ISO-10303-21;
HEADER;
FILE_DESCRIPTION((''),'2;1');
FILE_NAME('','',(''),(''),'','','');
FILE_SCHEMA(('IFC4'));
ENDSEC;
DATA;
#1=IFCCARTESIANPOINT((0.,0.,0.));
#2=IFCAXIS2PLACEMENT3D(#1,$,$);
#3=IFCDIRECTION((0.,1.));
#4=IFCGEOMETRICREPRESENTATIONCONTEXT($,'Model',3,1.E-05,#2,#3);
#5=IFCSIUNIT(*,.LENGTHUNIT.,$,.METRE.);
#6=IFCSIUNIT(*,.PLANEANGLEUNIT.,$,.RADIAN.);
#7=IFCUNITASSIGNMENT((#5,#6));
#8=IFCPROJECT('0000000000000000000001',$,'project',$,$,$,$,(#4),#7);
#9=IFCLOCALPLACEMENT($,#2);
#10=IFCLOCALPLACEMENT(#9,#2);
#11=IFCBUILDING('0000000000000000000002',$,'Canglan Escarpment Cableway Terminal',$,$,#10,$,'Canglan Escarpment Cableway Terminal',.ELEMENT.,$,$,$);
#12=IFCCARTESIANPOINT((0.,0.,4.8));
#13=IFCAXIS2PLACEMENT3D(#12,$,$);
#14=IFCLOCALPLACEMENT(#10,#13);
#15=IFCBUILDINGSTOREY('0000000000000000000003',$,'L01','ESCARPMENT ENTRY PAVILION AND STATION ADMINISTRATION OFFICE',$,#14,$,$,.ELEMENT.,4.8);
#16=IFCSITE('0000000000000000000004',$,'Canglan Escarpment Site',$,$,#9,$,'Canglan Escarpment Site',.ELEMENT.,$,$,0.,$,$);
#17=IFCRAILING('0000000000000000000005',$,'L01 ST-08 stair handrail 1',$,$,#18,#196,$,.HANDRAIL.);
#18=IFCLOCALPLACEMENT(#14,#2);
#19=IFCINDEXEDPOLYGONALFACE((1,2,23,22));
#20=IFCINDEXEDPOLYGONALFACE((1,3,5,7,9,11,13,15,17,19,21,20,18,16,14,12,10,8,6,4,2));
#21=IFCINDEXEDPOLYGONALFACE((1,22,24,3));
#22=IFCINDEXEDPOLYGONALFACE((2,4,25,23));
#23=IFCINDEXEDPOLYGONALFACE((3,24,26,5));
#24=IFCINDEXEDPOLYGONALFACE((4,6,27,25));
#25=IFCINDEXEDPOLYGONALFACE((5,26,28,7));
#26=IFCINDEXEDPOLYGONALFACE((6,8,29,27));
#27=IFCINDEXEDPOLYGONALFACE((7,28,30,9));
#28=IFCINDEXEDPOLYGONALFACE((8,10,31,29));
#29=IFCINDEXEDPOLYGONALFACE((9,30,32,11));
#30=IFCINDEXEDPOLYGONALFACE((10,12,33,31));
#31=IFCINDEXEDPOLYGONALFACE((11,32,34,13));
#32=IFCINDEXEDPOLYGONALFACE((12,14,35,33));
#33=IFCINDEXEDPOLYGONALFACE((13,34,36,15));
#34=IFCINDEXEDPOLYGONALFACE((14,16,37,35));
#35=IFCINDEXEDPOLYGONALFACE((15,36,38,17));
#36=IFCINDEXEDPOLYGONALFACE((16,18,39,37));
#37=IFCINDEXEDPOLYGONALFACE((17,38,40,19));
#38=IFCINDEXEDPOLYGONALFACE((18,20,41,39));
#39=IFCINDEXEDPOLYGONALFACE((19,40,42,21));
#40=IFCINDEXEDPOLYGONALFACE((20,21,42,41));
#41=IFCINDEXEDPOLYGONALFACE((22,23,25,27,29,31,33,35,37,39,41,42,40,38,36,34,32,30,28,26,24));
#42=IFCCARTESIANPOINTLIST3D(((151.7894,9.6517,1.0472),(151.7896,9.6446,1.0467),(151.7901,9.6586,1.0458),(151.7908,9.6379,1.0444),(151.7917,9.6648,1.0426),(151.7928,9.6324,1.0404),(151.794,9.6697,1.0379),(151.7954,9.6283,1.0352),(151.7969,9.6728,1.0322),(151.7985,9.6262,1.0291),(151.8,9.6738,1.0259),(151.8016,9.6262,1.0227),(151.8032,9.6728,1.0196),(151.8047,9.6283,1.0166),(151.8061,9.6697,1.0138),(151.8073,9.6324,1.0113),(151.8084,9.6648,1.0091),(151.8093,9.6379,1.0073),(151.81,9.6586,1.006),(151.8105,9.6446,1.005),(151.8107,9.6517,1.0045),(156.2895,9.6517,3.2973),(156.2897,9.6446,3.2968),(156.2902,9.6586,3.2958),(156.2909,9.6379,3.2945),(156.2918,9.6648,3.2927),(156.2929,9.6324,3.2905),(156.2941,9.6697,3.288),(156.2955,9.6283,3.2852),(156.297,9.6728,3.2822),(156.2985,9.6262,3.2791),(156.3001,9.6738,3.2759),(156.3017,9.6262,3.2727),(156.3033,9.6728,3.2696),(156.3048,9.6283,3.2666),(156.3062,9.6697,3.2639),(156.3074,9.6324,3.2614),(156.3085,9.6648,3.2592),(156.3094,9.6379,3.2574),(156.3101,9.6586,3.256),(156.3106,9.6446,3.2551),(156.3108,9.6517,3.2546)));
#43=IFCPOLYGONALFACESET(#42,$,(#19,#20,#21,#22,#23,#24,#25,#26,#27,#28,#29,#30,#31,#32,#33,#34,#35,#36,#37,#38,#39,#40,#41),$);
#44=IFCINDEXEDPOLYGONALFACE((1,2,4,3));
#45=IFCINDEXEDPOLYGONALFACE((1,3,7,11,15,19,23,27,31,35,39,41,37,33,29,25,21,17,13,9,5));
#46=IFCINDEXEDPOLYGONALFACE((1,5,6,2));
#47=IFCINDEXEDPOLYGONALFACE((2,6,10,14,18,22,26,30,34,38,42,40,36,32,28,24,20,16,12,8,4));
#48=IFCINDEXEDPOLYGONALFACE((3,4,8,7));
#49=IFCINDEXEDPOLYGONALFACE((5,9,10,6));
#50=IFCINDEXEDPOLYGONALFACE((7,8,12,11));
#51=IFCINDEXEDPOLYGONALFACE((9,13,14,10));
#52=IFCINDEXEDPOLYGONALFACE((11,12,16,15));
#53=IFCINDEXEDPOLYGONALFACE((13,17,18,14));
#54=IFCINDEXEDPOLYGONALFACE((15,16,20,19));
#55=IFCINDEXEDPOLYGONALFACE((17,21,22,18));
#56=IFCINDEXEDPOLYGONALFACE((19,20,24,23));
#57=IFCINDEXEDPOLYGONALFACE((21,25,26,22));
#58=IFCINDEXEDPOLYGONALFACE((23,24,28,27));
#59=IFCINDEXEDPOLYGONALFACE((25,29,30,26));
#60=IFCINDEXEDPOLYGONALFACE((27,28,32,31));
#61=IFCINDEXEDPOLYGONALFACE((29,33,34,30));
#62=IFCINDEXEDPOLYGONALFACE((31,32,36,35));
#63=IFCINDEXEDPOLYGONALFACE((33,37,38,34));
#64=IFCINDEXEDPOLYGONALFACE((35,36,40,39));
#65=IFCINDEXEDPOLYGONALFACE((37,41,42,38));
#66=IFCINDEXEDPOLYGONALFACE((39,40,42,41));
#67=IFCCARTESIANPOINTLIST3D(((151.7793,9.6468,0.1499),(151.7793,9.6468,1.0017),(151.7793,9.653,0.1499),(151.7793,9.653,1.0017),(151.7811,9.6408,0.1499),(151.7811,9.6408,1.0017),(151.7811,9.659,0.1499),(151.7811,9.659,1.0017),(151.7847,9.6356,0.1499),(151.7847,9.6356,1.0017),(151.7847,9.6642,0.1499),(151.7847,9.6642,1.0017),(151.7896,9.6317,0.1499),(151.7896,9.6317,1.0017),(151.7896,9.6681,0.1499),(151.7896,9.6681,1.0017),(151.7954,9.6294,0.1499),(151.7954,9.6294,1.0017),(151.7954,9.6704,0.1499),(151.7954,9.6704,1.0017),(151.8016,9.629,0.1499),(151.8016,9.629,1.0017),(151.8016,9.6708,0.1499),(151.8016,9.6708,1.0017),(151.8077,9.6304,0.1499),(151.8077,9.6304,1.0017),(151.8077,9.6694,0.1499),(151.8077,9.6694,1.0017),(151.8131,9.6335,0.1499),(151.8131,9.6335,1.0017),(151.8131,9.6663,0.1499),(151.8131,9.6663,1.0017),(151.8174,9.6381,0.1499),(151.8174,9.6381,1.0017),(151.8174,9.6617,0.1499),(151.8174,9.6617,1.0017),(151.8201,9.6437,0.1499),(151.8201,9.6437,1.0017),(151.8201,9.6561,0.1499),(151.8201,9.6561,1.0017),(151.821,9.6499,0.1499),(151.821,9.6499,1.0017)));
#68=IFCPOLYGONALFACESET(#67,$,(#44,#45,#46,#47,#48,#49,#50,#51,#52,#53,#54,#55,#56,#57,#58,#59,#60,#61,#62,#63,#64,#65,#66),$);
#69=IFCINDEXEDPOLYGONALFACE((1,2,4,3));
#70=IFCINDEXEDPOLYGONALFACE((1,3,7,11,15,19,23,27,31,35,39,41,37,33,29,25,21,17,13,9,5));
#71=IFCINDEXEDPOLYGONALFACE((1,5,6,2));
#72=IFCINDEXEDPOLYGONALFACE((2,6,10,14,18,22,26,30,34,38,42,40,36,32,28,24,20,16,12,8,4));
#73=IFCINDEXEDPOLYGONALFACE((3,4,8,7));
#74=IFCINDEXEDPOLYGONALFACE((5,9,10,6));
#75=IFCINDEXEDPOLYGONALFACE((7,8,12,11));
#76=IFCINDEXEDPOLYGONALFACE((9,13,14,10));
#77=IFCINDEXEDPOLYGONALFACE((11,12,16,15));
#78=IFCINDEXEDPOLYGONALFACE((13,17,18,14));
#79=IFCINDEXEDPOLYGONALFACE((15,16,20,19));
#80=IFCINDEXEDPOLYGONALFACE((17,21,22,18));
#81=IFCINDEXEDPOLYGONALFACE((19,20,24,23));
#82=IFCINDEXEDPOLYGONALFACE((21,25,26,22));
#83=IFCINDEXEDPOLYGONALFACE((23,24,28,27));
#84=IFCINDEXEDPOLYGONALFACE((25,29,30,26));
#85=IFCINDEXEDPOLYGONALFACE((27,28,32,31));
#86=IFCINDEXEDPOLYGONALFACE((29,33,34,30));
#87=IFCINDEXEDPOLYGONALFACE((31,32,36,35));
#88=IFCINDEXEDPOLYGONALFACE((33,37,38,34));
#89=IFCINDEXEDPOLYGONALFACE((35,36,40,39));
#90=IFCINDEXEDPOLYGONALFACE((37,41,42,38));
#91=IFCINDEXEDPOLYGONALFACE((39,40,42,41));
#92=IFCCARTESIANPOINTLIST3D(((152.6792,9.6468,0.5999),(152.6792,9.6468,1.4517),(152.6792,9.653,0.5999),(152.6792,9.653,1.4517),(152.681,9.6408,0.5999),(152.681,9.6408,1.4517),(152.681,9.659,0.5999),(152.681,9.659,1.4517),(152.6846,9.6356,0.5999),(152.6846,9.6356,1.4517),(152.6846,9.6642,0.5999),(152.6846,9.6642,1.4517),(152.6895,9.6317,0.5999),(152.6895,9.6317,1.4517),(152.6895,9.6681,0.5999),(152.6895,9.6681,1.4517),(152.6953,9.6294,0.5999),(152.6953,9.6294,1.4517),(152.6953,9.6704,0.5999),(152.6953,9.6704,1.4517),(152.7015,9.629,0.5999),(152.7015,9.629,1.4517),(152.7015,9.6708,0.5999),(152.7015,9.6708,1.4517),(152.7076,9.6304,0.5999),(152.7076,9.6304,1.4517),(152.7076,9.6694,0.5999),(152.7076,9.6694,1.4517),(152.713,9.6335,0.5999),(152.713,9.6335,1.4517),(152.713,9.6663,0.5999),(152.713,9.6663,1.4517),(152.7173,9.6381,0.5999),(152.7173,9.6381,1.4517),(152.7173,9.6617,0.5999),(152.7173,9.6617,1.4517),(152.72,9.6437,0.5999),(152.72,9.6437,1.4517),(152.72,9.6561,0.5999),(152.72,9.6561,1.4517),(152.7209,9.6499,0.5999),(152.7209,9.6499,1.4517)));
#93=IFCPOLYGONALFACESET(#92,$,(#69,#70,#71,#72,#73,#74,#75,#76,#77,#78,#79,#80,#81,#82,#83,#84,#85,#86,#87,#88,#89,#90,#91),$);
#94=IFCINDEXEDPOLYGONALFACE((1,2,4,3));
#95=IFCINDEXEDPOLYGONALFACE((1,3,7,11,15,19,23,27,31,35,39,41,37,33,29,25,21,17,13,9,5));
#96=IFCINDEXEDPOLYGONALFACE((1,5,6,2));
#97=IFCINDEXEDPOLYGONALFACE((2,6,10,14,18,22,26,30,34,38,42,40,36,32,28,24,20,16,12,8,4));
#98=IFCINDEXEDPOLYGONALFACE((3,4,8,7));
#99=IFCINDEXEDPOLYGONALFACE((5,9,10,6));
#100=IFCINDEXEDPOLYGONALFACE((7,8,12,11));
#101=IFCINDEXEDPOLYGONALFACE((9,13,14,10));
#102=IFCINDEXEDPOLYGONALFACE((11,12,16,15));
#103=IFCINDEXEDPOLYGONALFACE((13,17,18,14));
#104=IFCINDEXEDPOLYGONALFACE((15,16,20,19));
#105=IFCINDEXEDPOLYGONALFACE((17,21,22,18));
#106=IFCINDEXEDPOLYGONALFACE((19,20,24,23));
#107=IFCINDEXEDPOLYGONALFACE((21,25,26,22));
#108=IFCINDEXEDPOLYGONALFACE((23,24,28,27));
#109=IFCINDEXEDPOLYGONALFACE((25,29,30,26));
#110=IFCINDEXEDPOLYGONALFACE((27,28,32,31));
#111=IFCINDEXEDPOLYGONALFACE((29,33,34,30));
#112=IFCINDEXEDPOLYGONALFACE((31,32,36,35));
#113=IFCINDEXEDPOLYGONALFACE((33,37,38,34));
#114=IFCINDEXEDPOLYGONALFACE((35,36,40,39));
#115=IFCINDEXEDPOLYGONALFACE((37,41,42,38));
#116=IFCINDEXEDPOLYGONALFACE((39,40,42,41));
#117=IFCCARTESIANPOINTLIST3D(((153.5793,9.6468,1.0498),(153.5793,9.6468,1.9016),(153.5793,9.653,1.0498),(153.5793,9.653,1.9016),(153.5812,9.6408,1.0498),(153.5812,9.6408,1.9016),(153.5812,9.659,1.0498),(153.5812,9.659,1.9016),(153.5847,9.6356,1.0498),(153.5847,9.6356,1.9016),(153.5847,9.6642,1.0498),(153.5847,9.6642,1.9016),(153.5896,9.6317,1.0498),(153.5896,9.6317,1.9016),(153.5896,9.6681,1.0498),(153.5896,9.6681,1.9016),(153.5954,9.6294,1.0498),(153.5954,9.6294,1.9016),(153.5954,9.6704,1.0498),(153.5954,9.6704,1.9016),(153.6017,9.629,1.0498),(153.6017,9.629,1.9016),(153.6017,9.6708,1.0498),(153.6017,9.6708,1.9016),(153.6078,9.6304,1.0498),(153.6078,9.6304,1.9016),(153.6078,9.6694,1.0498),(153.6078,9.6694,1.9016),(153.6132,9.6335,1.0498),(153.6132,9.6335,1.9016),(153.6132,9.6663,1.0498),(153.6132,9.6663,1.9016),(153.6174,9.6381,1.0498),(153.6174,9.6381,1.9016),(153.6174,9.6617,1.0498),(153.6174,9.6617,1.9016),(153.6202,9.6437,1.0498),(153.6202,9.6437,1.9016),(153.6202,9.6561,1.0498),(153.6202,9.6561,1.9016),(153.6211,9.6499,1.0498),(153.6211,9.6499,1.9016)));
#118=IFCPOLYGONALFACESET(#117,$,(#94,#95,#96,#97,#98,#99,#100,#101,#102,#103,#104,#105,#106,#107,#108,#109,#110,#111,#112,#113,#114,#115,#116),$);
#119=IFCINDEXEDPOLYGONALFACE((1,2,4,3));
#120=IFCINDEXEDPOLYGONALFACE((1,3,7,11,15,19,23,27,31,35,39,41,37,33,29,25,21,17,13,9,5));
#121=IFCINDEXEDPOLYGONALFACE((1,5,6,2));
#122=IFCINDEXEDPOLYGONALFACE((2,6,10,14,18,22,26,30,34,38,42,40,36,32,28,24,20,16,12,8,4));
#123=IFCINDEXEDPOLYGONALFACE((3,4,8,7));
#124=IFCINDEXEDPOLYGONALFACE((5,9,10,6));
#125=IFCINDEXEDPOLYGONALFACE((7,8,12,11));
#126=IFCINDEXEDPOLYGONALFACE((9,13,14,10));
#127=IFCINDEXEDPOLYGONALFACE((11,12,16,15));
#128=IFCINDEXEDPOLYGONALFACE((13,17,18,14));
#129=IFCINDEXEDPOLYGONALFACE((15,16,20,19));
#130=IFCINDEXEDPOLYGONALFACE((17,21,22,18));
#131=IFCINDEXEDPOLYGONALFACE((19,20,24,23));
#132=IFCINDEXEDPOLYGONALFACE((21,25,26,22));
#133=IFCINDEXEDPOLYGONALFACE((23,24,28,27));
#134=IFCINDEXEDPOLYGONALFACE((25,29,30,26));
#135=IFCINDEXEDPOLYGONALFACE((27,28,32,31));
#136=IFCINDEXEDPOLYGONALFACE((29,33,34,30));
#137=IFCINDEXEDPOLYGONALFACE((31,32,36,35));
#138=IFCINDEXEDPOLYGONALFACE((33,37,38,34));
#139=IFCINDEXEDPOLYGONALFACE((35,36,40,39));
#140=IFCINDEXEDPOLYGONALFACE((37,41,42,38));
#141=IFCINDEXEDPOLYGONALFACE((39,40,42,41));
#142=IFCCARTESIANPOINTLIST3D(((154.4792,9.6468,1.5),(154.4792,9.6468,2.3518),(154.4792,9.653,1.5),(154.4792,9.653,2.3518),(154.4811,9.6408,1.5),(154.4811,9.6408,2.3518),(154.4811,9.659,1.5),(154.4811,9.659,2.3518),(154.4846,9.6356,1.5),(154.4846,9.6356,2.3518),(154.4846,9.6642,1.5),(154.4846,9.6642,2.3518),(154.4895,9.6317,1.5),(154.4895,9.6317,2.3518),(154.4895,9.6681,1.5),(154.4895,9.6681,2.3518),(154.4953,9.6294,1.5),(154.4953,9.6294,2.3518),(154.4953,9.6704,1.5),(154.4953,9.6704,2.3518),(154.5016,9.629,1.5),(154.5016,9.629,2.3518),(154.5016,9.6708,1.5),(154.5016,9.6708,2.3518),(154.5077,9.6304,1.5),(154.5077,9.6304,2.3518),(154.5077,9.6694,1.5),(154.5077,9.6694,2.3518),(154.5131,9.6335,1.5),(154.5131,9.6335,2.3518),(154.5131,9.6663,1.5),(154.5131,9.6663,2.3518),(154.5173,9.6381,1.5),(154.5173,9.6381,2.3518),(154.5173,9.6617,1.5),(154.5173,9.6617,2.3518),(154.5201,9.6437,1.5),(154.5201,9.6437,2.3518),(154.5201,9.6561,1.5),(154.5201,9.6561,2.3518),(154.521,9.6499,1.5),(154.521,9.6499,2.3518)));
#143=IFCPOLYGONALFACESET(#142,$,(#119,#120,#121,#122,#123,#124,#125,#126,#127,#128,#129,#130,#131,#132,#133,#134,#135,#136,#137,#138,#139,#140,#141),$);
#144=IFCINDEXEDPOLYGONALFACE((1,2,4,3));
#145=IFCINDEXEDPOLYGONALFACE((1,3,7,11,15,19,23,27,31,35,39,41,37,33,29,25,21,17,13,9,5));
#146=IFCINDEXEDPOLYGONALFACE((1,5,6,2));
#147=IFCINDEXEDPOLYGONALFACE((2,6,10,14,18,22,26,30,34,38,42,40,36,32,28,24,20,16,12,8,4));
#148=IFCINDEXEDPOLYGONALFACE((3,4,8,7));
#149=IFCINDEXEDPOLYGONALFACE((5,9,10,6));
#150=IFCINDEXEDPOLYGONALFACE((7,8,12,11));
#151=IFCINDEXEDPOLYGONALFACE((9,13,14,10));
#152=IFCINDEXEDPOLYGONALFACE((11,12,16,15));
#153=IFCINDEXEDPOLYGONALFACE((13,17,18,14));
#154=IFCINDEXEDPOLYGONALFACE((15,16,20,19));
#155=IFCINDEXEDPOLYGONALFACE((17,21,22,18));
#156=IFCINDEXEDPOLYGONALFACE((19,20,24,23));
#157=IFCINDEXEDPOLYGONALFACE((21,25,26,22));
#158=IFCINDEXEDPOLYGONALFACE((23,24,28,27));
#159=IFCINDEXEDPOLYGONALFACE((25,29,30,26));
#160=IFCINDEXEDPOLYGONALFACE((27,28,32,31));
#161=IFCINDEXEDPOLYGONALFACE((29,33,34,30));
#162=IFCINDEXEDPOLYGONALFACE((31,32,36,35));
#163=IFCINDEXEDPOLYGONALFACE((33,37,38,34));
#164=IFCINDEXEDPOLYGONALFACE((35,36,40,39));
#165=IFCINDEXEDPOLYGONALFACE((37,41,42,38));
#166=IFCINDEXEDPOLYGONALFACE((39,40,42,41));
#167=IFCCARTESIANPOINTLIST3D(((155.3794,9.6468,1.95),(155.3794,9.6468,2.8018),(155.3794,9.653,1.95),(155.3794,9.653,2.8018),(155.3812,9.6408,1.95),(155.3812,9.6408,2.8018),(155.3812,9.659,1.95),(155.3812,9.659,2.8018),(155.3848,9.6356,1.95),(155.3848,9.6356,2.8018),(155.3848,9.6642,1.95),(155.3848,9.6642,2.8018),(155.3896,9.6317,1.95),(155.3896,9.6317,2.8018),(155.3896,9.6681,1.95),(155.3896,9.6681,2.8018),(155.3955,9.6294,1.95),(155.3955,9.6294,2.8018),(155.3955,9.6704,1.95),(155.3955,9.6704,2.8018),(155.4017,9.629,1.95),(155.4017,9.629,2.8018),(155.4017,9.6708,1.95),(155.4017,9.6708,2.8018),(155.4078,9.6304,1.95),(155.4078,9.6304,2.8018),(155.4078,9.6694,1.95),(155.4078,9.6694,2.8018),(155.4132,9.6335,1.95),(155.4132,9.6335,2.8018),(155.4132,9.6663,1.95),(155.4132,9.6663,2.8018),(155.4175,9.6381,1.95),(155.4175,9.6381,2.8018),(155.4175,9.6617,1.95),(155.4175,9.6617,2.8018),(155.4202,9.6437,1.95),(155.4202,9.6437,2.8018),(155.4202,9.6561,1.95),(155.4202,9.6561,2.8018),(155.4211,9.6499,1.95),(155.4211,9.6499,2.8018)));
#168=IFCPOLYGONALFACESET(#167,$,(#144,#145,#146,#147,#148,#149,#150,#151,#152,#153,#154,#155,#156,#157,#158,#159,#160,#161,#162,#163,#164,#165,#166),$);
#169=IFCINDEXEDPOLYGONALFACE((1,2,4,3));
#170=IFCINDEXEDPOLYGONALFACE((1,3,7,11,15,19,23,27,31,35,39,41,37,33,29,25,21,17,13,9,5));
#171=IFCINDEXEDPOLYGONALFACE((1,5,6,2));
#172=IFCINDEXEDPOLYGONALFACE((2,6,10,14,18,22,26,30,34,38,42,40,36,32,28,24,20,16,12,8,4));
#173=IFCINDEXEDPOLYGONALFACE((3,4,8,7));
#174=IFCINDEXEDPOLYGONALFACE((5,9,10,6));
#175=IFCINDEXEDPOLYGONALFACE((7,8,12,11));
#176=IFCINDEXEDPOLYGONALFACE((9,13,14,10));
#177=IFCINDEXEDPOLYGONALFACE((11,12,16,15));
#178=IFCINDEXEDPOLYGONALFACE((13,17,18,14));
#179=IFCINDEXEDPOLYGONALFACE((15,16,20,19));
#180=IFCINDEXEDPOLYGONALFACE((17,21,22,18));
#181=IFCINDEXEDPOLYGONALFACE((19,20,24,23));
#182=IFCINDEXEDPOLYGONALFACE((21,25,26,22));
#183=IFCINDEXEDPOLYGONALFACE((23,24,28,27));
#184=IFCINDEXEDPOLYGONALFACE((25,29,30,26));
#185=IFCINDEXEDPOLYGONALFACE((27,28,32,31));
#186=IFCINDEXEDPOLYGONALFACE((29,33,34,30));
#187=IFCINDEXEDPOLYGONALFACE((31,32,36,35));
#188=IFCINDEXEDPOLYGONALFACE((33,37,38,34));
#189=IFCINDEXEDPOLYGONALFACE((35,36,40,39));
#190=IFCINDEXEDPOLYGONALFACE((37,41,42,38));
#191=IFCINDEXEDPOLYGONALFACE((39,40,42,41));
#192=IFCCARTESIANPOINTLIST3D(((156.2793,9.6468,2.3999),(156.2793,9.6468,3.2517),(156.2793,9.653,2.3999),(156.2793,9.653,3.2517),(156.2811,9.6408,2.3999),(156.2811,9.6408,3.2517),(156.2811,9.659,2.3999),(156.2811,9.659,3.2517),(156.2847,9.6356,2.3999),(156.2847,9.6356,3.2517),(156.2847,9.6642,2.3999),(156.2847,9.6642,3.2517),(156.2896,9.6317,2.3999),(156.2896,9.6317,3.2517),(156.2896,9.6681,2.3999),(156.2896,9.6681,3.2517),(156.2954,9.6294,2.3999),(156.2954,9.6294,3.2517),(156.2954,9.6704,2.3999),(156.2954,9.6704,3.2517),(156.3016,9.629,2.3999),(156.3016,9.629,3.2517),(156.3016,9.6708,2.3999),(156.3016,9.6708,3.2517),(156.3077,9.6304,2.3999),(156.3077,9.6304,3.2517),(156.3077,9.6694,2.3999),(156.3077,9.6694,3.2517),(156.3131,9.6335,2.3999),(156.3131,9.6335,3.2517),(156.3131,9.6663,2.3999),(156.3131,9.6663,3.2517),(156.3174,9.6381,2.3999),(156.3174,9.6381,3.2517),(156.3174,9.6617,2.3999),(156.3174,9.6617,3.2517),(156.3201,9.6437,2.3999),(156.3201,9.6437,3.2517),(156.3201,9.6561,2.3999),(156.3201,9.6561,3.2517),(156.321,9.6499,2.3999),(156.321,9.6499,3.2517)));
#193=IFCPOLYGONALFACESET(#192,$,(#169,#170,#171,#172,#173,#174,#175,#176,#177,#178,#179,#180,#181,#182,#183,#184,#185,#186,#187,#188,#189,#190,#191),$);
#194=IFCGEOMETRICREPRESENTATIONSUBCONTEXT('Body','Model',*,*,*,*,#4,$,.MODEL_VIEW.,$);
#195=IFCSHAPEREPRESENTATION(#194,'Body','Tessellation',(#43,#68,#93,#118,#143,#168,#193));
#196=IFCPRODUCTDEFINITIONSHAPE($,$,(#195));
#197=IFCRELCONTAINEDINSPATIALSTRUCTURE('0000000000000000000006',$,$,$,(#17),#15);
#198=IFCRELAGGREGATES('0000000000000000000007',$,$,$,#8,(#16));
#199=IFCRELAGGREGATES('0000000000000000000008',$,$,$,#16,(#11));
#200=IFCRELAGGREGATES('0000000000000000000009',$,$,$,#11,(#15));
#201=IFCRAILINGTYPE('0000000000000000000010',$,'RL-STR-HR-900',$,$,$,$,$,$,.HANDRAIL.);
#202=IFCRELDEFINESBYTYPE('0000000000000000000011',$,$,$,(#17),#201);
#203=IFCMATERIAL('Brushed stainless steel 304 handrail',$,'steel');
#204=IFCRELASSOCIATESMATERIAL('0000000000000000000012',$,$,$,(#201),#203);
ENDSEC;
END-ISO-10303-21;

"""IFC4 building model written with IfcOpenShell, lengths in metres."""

from ifc_helpers import new_model, si_unit, direction, frame, origin, origin_2d, place, context, subcontext, project, spatial, circle, extrude, material, type_object, element, save


model = new_model("IFC4")

# Units and contexts
model_context = context("Model", 3, precision=1e-05, world=origin(), true_north=direction((0.0, 1.0)))
body_context = subcontext(model_context, "Body", "Model", "MODEL_VIEW")
ifc_project = project(units=[si_unit("LENGTHUNIT", "METRE"), si_unit("PLANEANGLEUNIT", "RADIAN")], contexts=[model_context])

# Site, building, storey
site_placement = place(None, origin())
site = spatial("IfcSite", under=ifc_project, at=site_placement, Name="Canglan Escarpment Site", LongName="Canglan Escarpment Site", CompositionType="ELEMENT", RefElevation=0.0)
building_placement = place(site_placement, origin())
building = spatial("IfcBuilding", under=site, at=building_placement, Name="Canglan Escarpment Cableway Terminal", LongName="Canglan Escarpment Cableway Terminal", CompositionType="ELEMENT")
storey_placement = place(building_placement, frame((0.0, 0.0, 4.8)))
storey = spatial("IfcBuildingStorey", under=building, at=storey_placement, Name="L01", Description="ESCARPMENT ENTRY PAVILION AND STATION ADMINISTRATION OFFICE", CompositionType="ELEMENT", Elevation=4.8)

# Railing
ifc_material_1 = material(Name="Brushed stainless steel 304 handrail", Category="steel")
railing_type = type_object("IfcRailingType", Name="RL-STR-HR-900", PredefinedType="HANDRAIL", material=ifc_material_1)
railing_placement = place(storey_placement, frame((151.8, 9.6499, 0.1499)))
element("IfcRailing", 1, at=railing_placement, inside=storey, type_object=railing_type, Name="L01 ST-08 stair handrail 1", PredefinedType="HANDRAIL", context=body_context, shape_type="SweptSolid", body=[
    extrude(circle(Radius=0.0239, at=origin_2d()), frame((0.0, 0.0, 0.876), z_axis=(0.894427, 0.0, 0.447214), x_axis=(0.0, 1.0, 0.0)), (0.0, 0.0, 1.0), 5.0312),
    extrude(circle(Radius=0.021, at=origin_2d()), origin(), (0.0, 0.0, 1.0), 0.8518),
    extrude(circle(Radius=0.021, at=origin_2d()), frame((0.8999, 0.0, 0.45)), (0.0, 0.0, 1.0), 0.8518),
    extrude(circle(Radius=0.021, at=origin_2d()), frame((1.8, 0.0, 0.8999)), (0.0, 0.0, 1.0), 0.8518),
    extrude(circle(Radius=0.021, at=origin_2d()), frame((2.7, 0.0, 1.3501)), (0.0, 0.0, 1.0), 0.8518),
    extrude(circle(Radius=0.021, at=origin_2d()), frame((3.6001, 0.0, 1.8)), (0.0, 0.0, 1.0), 0.8518),
    extrude(circle(Radius=0.021, at=origin_2d()), frame((4.5, 0.0, 2.25)), (0.0, 0.0, 1.0), 0.8518),
])

save(model, "model.ifc")
